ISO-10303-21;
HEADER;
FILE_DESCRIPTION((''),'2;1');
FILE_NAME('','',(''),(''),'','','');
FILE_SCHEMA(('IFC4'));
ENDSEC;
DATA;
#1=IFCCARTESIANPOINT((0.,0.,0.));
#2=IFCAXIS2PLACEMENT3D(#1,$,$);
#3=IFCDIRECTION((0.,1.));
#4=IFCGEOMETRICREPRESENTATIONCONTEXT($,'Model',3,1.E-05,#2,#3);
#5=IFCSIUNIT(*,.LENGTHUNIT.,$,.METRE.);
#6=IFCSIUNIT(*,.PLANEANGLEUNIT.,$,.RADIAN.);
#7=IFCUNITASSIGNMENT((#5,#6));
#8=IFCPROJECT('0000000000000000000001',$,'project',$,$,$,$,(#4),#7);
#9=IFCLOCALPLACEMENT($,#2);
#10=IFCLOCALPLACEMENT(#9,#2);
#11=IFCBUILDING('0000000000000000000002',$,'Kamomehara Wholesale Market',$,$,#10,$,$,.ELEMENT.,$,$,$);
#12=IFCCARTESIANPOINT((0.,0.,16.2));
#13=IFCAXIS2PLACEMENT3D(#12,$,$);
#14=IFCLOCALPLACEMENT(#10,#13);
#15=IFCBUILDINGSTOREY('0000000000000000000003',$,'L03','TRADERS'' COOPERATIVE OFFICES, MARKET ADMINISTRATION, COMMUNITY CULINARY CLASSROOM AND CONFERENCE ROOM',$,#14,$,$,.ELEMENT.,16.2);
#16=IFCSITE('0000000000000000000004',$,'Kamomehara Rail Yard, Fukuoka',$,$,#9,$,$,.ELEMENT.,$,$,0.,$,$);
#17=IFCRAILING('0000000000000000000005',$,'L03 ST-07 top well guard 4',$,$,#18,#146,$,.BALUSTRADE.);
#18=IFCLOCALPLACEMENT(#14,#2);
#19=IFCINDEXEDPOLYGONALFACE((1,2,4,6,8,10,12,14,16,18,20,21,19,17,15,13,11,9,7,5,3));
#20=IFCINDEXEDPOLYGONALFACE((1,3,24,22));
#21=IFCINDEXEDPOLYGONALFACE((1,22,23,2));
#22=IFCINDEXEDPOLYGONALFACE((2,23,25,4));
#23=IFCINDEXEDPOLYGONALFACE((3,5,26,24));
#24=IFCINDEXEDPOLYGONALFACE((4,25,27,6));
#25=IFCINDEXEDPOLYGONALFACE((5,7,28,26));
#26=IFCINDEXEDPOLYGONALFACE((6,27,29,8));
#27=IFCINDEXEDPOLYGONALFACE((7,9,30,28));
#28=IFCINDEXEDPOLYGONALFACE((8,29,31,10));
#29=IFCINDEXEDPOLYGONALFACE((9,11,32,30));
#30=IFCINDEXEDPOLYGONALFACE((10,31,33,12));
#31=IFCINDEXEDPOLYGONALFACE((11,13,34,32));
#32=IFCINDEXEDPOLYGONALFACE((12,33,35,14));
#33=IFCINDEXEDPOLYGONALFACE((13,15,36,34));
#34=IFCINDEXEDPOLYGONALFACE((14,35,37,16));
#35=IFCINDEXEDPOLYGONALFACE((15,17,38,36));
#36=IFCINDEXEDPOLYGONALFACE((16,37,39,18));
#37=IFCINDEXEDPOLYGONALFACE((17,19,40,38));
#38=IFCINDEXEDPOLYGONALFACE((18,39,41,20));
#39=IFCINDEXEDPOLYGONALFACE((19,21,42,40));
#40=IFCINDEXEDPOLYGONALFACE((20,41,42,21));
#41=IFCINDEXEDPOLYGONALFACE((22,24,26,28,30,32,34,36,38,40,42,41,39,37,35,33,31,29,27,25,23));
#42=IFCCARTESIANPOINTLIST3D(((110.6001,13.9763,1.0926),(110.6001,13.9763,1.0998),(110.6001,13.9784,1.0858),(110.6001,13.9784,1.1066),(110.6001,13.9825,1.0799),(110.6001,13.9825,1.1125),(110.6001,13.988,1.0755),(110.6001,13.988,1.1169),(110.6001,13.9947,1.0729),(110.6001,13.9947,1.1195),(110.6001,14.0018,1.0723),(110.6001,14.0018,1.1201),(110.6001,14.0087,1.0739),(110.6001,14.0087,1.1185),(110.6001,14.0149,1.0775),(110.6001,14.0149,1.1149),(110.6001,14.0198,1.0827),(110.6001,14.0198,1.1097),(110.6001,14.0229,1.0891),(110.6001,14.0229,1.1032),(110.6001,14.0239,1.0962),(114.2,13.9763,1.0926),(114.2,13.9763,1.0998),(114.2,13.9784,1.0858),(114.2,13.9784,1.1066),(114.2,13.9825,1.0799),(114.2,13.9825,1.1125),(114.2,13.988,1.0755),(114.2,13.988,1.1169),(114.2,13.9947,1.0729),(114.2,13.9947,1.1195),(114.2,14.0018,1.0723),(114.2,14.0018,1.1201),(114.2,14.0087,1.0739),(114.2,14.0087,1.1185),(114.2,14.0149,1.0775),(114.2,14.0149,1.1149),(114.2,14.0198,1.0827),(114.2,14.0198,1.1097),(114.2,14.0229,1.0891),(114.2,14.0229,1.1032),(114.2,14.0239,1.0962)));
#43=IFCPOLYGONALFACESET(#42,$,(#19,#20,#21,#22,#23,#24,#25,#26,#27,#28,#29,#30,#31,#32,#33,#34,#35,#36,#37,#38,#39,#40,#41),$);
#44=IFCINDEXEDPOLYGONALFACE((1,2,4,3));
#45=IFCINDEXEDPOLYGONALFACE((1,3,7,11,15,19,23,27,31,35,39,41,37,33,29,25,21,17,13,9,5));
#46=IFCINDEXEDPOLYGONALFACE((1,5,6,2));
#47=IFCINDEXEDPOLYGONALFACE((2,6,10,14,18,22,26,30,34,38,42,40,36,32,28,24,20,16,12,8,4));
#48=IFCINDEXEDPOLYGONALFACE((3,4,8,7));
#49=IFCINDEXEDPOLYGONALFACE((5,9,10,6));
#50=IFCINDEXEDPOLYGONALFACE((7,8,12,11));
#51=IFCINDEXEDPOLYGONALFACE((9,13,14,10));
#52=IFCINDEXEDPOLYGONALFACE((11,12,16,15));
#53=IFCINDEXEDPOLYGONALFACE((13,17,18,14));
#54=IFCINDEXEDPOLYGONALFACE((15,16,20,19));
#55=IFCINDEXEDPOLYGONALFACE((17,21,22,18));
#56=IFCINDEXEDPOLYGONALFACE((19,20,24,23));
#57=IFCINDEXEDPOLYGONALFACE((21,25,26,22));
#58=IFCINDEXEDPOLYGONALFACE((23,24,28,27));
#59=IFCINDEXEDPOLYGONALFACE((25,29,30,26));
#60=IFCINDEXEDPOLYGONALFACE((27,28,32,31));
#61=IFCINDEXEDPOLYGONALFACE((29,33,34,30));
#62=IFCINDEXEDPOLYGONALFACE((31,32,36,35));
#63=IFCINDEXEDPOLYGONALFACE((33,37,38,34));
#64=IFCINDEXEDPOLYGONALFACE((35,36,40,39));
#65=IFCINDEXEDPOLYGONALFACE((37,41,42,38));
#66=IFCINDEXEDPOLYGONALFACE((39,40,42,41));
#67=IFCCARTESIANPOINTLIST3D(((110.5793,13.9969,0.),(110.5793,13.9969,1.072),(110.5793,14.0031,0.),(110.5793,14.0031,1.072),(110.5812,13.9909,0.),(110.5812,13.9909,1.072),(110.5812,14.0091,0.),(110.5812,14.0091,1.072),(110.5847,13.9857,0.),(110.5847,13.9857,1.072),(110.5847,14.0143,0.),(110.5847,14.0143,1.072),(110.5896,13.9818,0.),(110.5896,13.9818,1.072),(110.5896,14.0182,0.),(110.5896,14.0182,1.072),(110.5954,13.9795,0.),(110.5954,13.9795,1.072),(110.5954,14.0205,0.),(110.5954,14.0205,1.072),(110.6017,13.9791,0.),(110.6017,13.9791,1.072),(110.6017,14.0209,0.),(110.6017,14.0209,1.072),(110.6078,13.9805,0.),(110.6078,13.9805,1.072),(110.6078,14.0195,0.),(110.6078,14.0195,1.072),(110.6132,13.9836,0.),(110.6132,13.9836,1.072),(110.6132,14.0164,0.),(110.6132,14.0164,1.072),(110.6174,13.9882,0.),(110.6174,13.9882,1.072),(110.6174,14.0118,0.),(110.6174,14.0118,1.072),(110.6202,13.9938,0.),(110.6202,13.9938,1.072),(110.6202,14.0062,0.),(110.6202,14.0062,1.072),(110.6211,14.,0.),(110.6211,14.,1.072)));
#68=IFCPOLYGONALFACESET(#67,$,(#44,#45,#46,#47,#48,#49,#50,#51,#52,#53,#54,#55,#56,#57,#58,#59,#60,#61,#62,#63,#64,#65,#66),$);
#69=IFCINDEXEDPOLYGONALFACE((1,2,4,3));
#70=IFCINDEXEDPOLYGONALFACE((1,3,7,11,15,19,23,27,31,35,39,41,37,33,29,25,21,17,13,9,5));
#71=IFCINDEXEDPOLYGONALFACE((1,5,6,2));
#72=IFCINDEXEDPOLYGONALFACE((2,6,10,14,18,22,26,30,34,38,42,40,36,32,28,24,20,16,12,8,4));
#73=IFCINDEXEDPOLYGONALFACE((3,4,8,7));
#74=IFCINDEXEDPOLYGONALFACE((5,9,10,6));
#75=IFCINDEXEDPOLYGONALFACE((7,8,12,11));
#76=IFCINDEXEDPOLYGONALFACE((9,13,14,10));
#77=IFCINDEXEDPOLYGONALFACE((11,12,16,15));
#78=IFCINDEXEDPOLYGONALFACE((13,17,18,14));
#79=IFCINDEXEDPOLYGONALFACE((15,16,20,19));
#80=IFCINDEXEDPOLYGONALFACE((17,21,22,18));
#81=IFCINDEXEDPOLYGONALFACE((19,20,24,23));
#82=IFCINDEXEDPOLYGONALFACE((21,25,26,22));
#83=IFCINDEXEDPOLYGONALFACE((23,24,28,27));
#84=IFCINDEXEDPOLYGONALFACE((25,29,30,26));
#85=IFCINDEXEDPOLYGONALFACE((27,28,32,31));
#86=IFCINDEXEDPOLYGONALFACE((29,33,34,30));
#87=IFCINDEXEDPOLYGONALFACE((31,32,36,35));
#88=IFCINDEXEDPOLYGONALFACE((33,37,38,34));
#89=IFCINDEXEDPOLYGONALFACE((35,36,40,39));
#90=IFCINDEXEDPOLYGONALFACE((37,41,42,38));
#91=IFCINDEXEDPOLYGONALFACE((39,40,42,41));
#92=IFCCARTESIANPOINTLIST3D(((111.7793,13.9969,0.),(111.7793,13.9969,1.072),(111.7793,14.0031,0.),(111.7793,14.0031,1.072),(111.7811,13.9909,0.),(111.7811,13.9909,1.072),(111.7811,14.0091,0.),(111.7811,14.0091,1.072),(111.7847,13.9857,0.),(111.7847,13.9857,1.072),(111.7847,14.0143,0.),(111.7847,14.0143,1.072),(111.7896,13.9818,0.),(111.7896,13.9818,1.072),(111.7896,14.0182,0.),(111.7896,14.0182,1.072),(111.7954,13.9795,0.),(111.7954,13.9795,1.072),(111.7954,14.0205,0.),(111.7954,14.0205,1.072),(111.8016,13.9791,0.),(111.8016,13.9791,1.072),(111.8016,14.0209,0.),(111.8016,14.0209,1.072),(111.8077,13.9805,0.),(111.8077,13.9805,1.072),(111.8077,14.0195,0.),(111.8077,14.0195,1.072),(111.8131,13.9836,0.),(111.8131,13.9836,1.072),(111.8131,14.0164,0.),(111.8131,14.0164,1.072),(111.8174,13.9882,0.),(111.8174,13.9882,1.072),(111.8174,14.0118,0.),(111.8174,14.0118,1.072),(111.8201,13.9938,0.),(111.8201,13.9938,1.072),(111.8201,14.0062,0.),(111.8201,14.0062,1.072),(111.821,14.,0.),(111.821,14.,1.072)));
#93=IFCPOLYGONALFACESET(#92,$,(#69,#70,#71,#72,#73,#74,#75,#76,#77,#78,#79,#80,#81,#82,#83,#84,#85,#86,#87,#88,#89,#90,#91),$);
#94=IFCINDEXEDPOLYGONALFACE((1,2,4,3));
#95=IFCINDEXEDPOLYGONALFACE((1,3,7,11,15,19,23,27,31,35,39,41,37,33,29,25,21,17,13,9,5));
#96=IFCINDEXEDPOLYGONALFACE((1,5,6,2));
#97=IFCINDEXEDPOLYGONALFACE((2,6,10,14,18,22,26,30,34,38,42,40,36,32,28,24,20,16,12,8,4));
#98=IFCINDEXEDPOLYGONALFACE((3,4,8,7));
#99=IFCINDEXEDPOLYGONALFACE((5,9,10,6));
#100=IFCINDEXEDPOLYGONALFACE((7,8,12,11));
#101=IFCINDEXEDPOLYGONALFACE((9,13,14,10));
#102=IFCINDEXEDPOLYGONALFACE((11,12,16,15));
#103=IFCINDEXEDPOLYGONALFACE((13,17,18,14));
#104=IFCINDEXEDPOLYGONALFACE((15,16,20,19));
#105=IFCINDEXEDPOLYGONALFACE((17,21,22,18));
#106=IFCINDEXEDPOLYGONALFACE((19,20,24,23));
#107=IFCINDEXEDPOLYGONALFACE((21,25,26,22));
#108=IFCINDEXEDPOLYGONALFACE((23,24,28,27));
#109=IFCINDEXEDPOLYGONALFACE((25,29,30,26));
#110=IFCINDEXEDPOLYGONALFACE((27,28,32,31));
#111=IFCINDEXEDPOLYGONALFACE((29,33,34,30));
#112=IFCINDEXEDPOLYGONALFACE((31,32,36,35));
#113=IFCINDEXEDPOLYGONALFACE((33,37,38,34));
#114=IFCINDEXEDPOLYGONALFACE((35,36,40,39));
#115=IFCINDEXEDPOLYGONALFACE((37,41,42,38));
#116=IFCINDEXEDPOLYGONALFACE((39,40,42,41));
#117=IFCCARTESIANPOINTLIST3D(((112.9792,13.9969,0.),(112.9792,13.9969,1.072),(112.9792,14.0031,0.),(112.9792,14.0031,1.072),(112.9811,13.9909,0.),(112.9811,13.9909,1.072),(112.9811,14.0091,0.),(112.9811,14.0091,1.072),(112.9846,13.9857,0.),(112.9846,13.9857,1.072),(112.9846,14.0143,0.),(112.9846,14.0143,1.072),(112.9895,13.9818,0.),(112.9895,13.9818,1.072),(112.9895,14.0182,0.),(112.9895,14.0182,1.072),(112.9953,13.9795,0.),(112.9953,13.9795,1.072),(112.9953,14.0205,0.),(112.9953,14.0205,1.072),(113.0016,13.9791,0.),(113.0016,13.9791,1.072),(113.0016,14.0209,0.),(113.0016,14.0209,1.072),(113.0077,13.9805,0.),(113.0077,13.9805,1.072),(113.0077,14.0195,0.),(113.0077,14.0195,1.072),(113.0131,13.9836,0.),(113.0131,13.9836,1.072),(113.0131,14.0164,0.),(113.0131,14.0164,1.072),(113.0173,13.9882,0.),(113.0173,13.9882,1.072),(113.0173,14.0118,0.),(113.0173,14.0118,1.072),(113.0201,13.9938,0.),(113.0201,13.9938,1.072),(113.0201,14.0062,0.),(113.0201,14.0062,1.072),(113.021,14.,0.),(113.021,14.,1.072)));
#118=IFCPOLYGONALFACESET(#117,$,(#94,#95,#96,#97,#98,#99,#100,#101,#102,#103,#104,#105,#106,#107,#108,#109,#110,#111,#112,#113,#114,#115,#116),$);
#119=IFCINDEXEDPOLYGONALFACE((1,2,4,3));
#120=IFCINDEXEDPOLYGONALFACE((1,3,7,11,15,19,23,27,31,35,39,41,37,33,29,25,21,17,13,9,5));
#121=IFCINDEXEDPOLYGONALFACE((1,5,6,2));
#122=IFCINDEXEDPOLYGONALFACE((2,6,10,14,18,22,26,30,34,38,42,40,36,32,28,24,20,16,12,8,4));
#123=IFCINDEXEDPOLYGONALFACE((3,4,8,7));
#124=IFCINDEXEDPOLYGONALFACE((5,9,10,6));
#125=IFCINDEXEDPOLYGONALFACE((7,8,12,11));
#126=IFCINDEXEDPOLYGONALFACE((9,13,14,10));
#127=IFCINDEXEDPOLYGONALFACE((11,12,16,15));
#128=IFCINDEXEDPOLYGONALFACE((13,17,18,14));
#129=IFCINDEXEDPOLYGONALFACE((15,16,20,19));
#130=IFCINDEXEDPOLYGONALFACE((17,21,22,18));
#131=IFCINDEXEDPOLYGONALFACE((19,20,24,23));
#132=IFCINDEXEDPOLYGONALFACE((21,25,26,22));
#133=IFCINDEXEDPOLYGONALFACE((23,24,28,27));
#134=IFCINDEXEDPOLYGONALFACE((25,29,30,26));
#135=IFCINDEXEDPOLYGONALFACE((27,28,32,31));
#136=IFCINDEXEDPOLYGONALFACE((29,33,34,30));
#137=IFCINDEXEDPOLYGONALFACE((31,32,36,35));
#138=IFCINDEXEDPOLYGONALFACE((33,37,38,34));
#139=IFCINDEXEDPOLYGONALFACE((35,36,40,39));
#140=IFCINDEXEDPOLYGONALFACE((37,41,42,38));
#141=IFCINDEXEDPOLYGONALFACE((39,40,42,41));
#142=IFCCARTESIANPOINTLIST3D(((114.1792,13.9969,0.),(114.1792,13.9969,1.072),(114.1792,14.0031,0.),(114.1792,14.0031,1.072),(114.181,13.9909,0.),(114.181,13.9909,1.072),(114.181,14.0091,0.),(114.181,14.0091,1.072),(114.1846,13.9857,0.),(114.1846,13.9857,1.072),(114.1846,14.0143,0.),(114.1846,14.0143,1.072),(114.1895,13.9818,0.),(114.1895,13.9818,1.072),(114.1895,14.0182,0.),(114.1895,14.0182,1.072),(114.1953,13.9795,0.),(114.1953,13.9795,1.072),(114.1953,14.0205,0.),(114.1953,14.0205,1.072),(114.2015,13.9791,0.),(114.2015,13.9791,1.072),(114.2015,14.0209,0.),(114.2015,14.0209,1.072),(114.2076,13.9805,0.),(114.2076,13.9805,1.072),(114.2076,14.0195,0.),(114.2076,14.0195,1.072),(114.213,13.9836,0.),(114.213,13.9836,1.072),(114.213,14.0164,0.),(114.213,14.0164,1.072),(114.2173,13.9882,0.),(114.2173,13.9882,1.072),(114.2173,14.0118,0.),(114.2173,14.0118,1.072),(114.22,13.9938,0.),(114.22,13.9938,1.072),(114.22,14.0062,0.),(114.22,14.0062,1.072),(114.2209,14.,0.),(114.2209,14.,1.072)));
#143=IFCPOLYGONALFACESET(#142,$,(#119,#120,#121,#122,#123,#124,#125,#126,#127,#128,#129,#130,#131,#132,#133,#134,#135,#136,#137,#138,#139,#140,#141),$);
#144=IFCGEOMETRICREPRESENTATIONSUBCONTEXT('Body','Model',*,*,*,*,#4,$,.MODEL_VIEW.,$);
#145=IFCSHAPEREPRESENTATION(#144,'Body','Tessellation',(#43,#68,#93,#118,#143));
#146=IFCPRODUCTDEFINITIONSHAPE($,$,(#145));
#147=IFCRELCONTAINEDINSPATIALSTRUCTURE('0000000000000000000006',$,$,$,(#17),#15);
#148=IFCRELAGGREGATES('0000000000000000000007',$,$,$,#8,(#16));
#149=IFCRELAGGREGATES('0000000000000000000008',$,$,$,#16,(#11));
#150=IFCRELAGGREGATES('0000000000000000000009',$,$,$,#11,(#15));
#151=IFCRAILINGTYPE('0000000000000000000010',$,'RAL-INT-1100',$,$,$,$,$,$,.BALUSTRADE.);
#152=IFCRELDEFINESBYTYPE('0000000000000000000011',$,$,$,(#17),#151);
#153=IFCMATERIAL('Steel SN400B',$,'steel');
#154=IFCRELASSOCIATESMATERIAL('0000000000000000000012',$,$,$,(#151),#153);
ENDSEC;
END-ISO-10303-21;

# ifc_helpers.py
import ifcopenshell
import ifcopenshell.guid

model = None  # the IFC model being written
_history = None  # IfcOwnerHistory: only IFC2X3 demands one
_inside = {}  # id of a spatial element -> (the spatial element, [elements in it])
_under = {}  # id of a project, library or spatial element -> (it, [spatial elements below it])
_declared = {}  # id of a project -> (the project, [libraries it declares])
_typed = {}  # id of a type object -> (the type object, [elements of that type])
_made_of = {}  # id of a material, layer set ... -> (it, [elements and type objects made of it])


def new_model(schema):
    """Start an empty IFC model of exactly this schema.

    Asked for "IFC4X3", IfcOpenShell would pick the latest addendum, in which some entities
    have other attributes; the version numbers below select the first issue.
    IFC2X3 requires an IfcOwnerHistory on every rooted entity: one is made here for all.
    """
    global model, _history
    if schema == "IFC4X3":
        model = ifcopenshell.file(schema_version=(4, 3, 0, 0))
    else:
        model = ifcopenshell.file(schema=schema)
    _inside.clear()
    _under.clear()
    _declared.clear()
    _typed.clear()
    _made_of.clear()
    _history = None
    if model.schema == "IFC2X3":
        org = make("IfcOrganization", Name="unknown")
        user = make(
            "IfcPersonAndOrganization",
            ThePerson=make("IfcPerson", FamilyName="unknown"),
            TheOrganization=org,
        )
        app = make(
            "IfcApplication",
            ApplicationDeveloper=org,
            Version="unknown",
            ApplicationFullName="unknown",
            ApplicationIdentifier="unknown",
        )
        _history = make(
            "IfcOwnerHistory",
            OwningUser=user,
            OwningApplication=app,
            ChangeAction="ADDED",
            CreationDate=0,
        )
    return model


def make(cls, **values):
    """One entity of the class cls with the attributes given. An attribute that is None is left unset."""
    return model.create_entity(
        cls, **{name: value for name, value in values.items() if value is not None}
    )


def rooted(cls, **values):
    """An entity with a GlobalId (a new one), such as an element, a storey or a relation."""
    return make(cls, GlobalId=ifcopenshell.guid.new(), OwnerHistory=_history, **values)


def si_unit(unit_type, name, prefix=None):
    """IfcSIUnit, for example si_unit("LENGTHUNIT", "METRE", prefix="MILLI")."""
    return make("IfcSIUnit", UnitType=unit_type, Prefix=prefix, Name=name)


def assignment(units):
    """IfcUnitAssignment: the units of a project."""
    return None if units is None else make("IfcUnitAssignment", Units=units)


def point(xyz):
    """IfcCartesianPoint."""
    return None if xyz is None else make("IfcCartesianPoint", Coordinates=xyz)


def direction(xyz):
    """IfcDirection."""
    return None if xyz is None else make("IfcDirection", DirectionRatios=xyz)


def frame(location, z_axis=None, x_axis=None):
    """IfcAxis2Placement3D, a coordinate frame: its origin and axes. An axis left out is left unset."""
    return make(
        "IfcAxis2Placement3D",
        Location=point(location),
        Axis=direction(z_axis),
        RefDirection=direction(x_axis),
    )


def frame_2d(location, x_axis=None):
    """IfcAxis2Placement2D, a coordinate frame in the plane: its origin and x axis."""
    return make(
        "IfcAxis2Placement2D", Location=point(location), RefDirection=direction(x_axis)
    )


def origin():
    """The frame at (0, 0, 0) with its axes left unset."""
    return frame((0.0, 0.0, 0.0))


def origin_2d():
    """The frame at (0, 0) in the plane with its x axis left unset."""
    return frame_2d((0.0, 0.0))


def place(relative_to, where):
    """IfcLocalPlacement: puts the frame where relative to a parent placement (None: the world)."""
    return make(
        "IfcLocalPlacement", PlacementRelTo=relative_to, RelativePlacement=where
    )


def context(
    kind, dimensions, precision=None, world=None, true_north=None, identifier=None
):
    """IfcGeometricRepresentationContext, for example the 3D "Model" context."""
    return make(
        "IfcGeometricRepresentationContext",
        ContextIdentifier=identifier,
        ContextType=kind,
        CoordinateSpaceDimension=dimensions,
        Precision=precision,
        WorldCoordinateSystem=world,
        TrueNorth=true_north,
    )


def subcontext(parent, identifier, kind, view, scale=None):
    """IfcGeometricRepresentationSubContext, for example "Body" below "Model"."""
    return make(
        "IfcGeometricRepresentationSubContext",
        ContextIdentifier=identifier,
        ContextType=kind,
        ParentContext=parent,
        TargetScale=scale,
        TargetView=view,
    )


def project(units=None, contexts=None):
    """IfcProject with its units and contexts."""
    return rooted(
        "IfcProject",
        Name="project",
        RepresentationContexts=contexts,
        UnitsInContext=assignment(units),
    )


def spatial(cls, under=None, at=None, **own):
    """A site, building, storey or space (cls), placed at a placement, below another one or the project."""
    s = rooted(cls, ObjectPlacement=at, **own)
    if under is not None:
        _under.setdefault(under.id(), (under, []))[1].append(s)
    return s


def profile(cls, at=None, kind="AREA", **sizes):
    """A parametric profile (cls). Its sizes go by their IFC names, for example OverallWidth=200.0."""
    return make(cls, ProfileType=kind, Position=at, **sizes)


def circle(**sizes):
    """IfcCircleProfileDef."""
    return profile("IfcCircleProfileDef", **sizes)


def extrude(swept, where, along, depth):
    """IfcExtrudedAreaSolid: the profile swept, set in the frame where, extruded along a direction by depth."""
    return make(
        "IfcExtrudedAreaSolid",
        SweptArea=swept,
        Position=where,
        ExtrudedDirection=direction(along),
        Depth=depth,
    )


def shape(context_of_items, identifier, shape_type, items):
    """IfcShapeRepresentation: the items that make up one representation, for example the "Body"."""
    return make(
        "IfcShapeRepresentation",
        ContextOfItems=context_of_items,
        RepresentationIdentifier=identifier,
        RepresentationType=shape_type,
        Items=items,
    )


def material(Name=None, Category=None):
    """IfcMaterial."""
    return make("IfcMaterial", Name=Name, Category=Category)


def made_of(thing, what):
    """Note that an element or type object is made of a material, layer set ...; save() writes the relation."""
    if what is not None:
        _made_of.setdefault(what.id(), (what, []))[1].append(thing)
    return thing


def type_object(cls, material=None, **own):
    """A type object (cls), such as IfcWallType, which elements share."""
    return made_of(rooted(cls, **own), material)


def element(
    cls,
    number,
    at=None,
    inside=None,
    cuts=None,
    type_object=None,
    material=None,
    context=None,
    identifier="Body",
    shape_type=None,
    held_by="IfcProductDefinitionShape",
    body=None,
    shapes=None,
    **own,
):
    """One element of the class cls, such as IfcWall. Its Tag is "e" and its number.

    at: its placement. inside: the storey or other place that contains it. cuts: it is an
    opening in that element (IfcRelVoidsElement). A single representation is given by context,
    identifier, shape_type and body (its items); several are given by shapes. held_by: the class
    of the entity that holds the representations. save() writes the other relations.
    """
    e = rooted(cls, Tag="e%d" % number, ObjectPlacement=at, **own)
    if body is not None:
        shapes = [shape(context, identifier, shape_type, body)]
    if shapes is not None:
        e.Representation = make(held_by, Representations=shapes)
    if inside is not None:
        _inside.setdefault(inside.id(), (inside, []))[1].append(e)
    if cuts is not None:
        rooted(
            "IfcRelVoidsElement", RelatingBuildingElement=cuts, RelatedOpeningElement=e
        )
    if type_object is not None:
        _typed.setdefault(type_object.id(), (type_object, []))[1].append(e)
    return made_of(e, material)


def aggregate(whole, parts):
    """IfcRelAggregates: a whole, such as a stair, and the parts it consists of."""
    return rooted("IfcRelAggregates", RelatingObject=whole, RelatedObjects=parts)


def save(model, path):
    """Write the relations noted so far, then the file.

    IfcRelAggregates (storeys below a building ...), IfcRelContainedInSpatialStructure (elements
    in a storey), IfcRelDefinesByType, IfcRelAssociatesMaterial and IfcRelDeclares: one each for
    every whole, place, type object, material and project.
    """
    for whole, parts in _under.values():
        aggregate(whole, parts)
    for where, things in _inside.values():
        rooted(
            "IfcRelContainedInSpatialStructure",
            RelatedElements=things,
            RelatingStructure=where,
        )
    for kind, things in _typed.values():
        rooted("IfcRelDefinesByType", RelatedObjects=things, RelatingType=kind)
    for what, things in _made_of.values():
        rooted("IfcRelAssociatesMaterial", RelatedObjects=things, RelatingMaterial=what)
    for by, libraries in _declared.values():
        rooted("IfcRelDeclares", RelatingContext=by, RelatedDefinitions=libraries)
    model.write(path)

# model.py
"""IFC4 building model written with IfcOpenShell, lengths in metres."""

from ifc_helpers import new_model, si_unit, direction, frame, origin, origin_2d, place, context, subcontext, project, spatial, circle, extrude, material, type_object, element, save


model = new_model("IFC4")

# Units and contexts
model_context = context("Model", 3, precision=1e-05, world=origin(), true_north=direction((0.0, 1.0)))
body_context = subcontext(model_context, "Body", "Model", "MODEL_VIEW")
ifc_project = project(units=[si_unit("LENGTHUNIT", "METRE"), si_unit("PLANEANGLEUNIT", "RADIAN")], contexts=[model_context])

# Site, building, storey
site_placement = place(None, origin())
site = spatial("IfcSite", under=ifc_project, at=site_placement, Name="Kamomehara Rail Yard, Fukuoka", CompositionType="ELEMENT", RefElevation=0.0)
building_placement = place(site_placement, origin())
building = spatial("IfcBuilding", under=site, at=building_placement, Name="Kamomehara Wholesale Market", CompositionType="ELEMENT")
storey_placement = place(building_placement, frame((0.0, 0.0, 16.2)))
storey = spatial("IfcBuildingStorey", under=building, at=storey_placement, Name="L03", Description="TRADERS' COOPERATIVE OFFICES, MARKET ADMINISTRATION, COMMUNITY CULINARY CLASSROOM AND CONFERENCE ROOM", CompositionType="ELEMENT", Elevation=16.2)

# Railing
ifc_material_1 = material(Name="Steel SN400B", Category="steel")
railing_type = type_object("IfcRailingType", Name="RAL-INT-1100", PredefinedType="BALUSTRADE", material=ifc_material_1)
railing_1_placement = place(storey_placement, frame((110.6001, 14.0, 0.0)))
element("IfcRailing", 1, at=railing_1_placement, inside=storey, type_object=railing_type, Name="L03 ST-07 top well guard 4", PredefinedType="BALUSTRADE", context=body_context, shape_type="SweptSolid", body=[
    extrude(circle(Radius=0.0239, at=origin_2d()), frame((0.0, 0.0, 1.0962), z_axis=(1.0, 0.0, 0.0), x_axis=(0.0, 1.0, 0.0)), (0.0, 0.0, 1.0), 3.5999),
    extrude(circle(Radius=0.021, at=origin_2d()), origin(), (0.0, 0.0, 1.0), 1.072),
    extrude(circle(Radius=0.021, at=origin_2d()), frame((1.2, 0.0, 0.0)), (0.0, 0.0, 1.0), 1.072),
    extrude(circle(Radius=0.021, at=origin_2d()), frame((2.3999, 0.0, 0.0)), (0.0, 0.0, 1.0), 1.072),
    extrude(circle(Radius=0.021, at=origin_2d()), frame((3.5999, 0.0, 0.0)), (0.0, 0.0, 1.0), 1.072),
])

save(model, "model.ifc")
